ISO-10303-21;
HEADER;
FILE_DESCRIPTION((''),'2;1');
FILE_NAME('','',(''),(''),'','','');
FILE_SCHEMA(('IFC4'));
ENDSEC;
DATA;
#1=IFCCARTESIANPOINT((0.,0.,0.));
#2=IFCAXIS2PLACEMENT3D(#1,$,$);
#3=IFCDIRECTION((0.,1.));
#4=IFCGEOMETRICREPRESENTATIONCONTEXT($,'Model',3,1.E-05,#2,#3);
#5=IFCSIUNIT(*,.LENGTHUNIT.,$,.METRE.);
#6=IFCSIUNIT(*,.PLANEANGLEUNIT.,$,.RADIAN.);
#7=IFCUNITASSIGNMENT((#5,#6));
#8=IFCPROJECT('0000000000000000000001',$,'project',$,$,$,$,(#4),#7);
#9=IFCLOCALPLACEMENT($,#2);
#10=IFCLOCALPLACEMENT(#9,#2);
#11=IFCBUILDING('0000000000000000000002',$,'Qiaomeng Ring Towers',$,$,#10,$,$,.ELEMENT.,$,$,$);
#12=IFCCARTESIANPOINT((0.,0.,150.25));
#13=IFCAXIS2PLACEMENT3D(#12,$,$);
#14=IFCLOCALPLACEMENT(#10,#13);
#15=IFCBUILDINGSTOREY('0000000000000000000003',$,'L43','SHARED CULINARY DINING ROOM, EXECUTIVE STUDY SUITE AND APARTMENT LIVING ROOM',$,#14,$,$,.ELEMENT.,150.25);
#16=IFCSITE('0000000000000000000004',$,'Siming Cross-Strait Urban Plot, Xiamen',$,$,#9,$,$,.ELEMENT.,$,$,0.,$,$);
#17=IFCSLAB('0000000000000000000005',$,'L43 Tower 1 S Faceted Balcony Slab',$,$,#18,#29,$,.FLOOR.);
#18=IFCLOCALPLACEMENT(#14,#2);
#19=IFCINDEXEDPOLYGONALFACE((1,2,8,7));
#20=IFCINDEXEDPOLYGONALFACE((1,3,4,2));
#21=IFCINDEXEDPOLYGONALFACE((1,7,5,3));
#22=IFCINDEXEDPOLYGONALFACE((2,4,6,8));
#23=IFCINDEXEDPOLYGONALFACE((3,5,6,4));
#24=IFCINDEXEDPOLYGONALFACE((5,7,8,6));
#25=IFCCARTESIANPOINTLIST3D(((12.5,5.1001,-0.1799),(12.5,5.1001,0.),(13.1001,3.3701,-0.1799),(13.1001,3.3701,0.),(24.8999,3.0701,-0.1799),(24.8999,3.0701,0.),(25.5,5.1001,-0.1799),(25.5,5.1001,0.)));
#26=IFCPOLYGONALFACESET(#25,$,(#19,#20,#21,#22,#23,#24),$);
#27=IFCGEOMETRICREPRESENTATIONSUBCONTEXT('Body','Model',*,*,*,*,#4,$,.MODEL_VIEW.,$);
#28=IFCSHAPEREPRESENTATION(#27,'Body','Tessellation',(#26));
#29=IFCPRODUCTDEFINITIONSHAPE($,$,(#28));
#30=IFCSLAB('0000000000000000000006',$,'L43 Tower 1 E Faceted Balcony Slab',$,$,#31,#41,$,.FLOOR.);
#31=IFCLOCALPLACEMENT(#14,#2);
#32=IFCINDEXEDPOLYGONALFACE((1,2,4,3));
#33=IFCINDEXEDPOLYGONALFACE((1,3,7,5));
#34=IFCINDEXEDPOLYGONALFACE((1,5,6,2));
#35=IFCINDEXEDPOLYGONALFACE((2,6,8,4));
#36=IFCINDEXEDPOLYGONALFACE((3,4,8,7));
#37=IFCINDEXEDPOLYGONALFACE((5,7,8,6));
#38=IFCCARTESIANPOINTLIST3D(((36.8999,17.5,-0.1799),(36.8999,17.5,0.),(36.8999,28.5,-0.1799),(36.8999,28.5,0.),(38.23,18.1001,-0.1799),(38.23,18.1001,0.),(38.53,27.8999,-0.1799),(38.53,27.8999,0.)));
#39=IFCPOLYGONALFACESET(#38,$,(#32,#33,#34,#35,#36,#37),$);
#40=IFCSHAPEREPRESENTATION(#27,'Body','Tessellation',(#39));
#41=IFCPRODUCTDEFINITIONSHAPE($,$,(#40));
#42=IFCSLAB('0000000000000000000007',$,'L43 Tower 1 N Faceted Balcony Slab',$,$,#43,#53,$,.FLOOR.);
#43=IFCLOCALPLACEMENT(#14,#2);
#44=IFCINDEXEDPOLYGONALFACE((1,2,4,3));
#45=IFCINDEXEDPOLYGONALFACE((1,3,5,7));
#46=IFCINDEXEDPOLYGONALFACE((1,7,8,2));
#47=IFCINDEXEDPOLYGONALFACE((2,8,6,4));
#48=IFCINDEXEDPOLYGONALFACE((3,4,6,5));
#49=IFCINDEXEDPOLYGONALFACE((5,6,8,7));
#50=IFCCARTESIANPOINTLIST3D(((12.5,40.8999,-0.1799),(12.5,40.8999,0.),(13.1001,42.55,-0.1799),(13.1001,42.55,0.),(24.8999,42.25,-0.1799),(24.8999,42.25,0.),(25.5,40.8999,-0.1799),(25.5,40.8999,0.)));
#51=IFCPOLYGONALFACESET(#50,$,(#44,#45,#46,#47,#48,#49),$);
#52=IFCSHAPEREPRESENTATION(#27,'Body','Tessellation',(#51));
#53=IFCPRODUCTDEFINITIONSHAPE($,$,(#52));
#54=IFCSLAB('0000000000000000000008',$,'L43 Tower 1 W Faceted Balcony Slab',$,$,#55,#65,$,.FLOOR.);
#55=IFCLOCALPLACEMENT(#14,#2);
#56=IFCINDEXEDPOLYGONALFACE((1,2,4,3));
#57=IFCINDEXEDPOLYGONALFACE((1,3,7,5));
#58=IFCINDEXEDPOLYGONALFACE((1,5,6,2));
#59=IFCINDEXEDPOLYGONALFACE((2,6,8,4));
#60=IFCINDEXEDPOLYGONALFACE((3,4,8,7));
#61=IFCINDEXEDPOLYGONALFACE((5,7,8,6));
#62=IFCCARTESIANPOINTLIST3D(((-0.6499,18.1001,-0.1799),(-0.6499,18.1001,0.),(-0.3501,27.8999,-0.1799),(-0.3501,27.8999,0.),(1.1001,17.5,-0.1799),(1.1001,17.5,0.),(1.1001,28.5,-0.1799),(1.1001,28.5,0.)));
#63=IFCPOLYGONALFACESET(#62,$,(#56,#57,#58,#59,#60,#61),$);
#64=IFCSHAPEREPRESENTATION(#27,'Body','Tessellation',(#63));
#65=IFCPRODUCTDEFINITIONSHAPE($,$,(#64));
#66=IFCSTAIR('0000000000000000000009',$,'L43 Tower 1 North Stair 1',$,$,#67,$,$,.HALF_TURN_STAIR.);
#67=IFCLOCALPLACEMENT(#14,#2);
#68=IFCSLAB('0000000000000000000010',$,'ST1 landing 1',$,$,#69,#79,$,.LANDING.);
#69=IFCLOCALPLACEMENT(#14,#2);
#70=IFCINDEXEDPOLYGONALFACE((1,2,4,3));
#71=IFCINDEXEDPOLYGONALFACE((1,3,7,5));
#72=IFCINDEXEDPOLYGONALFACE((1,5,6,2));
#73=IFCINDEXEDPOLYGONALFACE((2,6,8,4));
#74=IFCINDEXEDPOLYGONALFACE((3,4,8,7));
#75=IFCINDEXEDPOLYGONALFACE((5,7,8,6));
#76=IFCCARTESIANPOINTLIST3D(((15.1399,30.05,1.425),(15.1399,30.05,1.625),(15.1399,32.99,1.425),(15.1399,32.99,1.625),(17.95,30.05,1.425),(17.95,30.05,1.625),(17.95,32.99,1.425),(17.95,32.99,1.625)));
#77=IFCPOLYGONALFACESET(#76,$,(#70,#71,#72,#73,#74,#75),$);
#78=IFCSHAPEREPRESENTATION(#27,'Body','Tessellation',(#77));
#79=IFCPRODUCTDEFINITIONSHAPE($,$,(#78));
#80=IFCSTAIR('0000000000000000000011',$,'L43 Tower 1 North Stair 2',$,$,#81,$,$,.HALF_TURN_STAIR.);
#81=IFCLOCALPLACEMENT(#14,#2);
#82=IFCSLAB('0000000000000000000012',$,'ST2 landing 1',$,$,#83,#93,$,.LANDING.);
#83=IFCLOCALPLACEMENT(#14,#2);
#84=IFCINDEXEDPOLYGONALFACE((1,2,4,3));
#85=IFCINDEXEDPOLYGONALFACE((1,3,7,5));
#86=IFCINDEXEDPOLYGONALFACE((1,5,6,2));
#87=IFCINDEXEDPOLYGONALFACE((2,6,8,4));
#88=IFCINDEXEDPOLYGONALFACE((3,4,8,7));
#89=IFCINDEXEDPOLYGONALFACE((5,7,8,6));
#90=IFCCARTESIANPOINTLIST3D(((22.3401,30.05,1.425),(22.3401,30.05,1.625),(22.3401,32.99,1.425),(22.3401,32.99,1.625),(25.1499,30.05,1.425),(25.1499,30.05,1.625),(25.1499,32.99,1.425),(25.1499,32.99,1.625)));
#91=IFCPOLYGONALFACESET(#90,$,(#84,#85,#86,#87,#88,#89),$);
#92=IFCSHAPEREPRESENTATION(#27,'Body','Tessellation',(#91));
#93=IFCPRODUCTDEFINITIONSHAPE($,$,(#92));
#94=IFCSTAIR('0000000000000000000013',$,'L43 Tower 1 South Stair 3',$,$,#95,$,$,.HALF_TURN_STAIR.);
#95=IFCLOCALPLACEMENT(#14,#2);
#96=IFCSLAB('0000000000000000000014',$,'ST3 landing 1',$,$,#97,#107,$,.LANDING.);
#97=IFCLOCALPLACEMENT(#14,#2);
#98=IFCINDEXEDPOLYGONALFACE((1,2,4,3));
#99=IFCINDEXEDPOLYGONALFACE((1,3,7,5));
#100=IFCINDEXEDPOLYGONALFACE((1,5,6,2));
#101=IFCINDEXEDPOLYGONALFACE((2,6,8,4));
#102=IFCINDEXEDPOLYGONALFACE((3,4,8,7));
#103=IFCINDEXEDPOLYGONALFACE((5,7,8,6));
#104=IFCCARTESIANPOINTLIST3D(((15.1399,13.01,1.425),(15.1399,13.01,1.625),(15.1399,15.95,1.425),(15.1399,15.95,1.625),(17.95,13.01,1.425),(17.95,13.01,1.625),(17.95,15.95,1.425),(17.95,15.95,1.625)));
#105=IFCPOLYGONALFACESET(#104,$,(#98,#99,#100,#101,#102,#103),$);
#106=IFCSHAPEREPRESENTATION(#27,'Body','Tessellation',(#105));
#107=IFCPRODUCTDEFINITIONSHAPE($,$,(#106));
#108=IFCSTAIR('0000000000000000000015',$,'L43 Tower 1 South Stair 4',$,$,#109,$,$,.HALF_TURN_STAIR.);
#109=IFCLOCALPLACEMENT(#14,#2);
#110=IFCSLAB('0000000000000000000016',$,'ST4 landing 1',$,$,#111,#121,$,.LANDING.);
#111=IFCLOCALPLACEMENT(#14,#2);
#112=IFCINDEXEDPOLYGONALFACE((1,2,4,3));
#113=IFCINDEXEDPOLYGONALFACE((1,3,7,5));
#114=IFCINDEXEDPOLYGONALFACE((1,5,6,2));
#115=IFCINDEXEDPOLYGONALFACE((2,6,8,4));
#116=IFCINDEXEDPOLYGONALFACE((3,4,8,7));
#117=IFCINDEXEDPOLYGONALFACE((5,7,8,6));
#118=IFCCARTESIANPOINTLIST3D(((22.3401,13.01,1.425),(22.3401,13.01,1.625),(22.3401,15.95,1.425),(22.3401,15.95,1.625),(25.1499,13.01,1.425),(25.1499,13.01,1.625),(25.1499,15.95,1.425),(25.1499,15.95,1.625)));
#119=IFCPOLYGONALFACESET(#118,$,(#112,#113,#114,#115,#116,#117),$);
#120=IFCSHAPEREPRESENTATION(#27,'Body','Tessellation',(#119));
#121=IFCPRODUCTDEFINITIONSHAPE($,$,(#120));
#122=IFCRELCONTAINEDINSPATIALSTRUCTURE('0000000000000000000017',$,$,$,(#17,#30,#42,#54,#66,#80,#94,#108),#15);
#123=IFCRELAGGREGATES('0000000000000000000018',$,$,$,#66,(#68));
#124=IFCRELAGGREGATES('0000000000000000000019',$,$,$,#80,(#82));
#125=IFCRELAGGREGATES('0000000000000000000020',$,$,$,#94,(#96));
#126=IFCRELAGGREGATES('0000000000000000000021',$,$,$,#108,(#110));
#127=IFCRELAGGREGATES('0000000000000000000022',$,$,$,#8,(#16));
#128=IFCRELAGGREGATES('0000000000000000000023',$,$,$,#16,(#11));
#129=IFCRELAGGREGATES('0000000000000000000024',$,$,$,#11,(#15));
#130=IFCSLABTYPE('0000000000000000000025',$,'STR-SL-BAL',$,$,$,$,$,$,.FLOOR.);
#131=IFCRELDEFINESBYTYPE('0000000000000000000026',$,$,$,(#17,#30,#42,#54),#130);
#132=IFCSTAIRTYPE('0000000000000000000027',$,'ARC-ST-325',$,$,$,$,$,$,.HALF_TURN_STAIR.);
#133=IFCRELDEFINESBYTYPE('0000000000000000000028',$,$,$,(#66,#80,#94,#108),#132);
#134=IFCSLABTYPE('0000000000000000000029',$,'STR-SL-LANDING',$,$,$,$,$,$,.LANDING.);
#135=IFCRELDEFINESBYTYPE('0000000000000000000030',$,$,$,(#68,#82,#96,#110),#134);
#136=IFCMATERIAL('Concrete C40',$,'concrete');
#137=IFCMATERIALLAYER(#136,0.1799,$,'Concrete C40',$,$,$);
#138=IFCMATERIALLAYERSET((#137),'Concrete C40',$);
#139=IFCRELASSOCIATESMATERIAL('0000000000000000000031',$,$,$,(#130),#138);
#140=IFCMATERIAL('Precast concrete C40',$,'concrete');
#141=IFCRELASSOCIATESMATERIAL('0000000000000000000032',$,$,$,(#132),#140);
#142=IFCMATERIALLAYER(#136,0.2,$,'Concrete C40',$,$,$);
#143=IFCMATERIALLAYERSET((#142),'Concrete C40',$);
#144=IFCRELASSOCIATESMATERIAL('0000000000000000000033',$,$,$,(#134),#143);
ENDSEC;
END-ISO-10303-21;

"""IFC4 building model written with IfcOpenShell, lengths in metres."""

from ifc_helpers import new_model, si_unit, direction, frame, origin, place, context, subcontext, project, spatial, polyline, outline, extrude, material, layer, layer_set, type_object, element, aggregate, save


model = new_model("IFC4")

# Units and contexts
model_context = context("Model", 3, precision=1e-05, world=origin(), true_north=direction((0.0, 1.0)))
body_context = subcontext(model_context, "Body", "Model", "MODEL_VIEW")
ifc_project = project(units=[si_unit("LENGTHUNIT", "METRE"), si_unit("PLANEANGLEUNIT", "RADIAN")], contexts=[model_context])

# Site, building, storey
site_placement = place(None, origin())
site = spatial("IfcSite", under=ifc_project, at=site_placement, Name="Siming Cross-Strait Urban Plot, Xiamen", CompositionType="ELEMENT", RefElevation=0.0)
building_placement = place(site_placement, origin())
building = spatial("IfcBuilding", under=site, at=building_placement, Name="Qiaomeng Ring Towers", CompositionType="ELEMENT")
storey_placement = place(building_placement, frame((0.0, 0.0, 150.25)))
storey = spatial("IfcBuildingStorey", under=building, at=storey_placement, Name="L43", Description="SHARED CULINARY DINING ROOM, EXECUTIVE STUDY SUITE AND APARTMENT LIVING ROOM", CompositionType="ELEMENT", Elevation=150.25)

# Slabs
ifc_material_1 = material(Name="Concrete C40", Category="concrete")
ifc_layer_1 = layer(ifc_material_1, 0.1799, Name="Concrete C40")
ifc_layer_set_1 = layer_set([ifc_layer_1], Name="Concrete C40")
slab_type_1 = type_object("IfcSlabType", Name="STR-SL-BAL", PredefinedType="FLOOR", material=ifc_layer_set_1)
slab_1_placement = place(storey_placement, frame((0.0, 0.0, -0.1799)))
element("IfcSlab", 1, at=slab_1_placement, inside=storey, type_object=slab_type_1, Name="L43 Tower 1 S Faceted Balcony Slab", PredefinedType="FLOOR", context=body_context, shape_type="SweptSolid", body=[
    extrude(outline(polyline([(24.8999, 3.0701), (13.1001, 3.3701), (12.5, 5.1001), (25.5, 5.1001), (24.8999, 3.0701)])), origin(), (0.0, 0.0, 1.0), 0.1799),
])
slab_2_placement = place(storey_placement, frame((0.0, 0.0, -0.1799)))
element("IfcSlab", 2, at=slab_2_placement, inside=storey, type_object=slab_type_1, Name="L43 Tower 1 E Faceted Balcony Slab", PredefinedType="FLOOR", context=body_context, shape_type="SweptSolid", body=[
    extrude(outline(polyline([(38.53, 27.8999), (38.23, 18.1001), (36.8999, 17.5), (36.8999, 28.5), (38.53, 27.8999)])), origin(), (0.0, 0.0, 1.0), 0.1799),
])
slab_3_placement = place(storey_placement, frame((0.0, 0.0, -0.1799)))
element("IfcSlab", 3, at=slab_3_placement, inside=storey, type_object=slab_type_1, Name="L43 Tower 1 N Faceted Balcony Slab", PredefinedType="FLOOR", context=body_context, shape_type="SweptSolid", body=[
    extrude(outline(polyline([(12.5, 40.8999), (13.1001, 42.55), (24.8999, 42.25), (25.5, 40.8999), (12.5, 40.8999)])), origin(), (0.0, 0.0, 1.0), 0.1799),
])
slab_4_placement = place(storey_placement, frame((0.0, 0.0, -0.1799)))
element("IfcSlab", 4, at=slab_4_placement, inside=storey, type_object=slab_type_1, Name="L43 Tower 1 W Faceted Balcony Slab", PredefinedType="FLOOR", context=body_context, shape_type="SweptSolid", body=[
    extrude(outline(polyline([(-0.6499, 18.1001), (-0.3501, 27.8999), (1.1001, 28.5), (1.1001, 17.5), (-0.6499, 18.1001)])), origin(), (0.0, 0.0, 1.0), 0.1799),
])

# Stairs, slabs
ifc_material_2 = material(Name="Precast concrete C40", Category="concrete")
stair_type = type_object("IfcStairType", Name="ARC-ST-325", PredefinedType="HALF_TURN_STAIR", material=ifc_material_2)
stair_1_placement = place(storey_placement, origin())
stair_1 = element("IfcStair", 5, at=stair_1_placement, inside=storey, type_object=stair_type, Name="L43 Tower 1 North Stair 1", PredefinedType="HALF_TURN_STAIR")
ifc_layer_2 = layer(ifc_material_1, 0.2, Name="Concrete C40")
ifc_layer_set_2 = layer_set([ifc_layer_2], Name="Concrete C40")
slab_type_2 = type_object("IfcSlabType", Name="STR-SL-LANDING", PredefinedType="LANDING", material=ifc_layer_set_2)
slab_5_placement = place(storey_placement, frame((0.0, 0.0, 1.425)))
slab_5 = element("IfcSlab", 6, at=slab_5_placement, type_object=slab_type_2, Name="ST1 landing 1", PredefinedType="LANDING", context=body_context, shape_type="SweptSolid", body=[
    extrude(outline(polyline([(15.1399, 30.05), (17.95, 30.05), (17.95, 32.99), (15.1399, 32.99), (15.1399, 30.05)])), origin(), (0.0, 0.0, 1.0), 0.2),
])
aggregate(stair_1, [slab_5])
stair_2_placement = place(storey_placement, origin())
stair_2 = element("IfcStair", 7, at=stair_2_placement, inside=storey, type_object=stair_type, Name="L43 Tower 1 North Stair 2", PredefinedType="HALF_TURN_STAIR")
slab_6_placement = place(storey_placement, frame((0.0, 0.0, 1.425)))
slab_6 = element("IfcSlab", 8, at=slab_6_placement, type_object=slab_type_2, Name="ST2 landing 1", PredefinedType="LANDING", context=body_context, shape_type="SweptSolid", body=[
    extrude(outline(polyline([(22.3401, 30.05), (25.1499, 30.05), (25.1499, 32.99), (22.3401, 32.99), (22.3401, 30.05)])), origin(), (0.0, 0.0, 1.0), 0.2),
])
aggregate(stair_2, [slab_6])
stair_3_placement = place(storey_placement, origin())
stair_3 = element("IfcStair", 9, at=stair_3_placement, inside=storey, type_object=stair_type, Name="L43 Tower 1 South Stair 3", PredefinedType="HALF_TURN_STAIR")
slab_7_placement = place(storey_placement, frame((0.0, 0.0, 1.425)))
slab_7 = element("IfcSlab", 10, at=slab_7_placement, type_object=slab_type_2, Name="ST3 landing 1", PredefinedType="LANDING", context=body_context, shape_type="SweptSolid", body=[
    extrude(outline(polyline([(15.1399, 13.01), (17.95, 13.01), (17.95, 15.95), (15.1399, 15.95), (15.1399, 13.01)])), origin(), (0.0, 0.0, 1.0), 0.2),
])
aggregate(stair_3, [slab_7])
stair_4_placement = place(storey_placement, origin())
stair_4 = element("IfcStair", 11, at=stair_4_placement, inside=storey, type_object=stair_type, Name="L43 Tower 1 South Stair 4", PredefinedType="HALF_TURN_STAIR")
slab_8_placement = place(storey_placement, frame((0.0, 0.0, 1.425)))
slab_8 = element("IfcSlab", 12, at=slab_8_placement, type_object=slab_type_2, Name="ST4 landing 1", PredefinedType="LANDING", context=body_context, shape_type="SweptSolid", body=[
    extrude(outline(polyline([(22.3401, 13.01), (25.1499, 13.01), (25.1499, 15.95), (22.3401, 15.95), (22.3401, 13.01)])), origin(), (0.0, 0.0, 1.0), 0.2),
])
aggregate(stair_4, [slab_8])

save(model, "model.ifc")
